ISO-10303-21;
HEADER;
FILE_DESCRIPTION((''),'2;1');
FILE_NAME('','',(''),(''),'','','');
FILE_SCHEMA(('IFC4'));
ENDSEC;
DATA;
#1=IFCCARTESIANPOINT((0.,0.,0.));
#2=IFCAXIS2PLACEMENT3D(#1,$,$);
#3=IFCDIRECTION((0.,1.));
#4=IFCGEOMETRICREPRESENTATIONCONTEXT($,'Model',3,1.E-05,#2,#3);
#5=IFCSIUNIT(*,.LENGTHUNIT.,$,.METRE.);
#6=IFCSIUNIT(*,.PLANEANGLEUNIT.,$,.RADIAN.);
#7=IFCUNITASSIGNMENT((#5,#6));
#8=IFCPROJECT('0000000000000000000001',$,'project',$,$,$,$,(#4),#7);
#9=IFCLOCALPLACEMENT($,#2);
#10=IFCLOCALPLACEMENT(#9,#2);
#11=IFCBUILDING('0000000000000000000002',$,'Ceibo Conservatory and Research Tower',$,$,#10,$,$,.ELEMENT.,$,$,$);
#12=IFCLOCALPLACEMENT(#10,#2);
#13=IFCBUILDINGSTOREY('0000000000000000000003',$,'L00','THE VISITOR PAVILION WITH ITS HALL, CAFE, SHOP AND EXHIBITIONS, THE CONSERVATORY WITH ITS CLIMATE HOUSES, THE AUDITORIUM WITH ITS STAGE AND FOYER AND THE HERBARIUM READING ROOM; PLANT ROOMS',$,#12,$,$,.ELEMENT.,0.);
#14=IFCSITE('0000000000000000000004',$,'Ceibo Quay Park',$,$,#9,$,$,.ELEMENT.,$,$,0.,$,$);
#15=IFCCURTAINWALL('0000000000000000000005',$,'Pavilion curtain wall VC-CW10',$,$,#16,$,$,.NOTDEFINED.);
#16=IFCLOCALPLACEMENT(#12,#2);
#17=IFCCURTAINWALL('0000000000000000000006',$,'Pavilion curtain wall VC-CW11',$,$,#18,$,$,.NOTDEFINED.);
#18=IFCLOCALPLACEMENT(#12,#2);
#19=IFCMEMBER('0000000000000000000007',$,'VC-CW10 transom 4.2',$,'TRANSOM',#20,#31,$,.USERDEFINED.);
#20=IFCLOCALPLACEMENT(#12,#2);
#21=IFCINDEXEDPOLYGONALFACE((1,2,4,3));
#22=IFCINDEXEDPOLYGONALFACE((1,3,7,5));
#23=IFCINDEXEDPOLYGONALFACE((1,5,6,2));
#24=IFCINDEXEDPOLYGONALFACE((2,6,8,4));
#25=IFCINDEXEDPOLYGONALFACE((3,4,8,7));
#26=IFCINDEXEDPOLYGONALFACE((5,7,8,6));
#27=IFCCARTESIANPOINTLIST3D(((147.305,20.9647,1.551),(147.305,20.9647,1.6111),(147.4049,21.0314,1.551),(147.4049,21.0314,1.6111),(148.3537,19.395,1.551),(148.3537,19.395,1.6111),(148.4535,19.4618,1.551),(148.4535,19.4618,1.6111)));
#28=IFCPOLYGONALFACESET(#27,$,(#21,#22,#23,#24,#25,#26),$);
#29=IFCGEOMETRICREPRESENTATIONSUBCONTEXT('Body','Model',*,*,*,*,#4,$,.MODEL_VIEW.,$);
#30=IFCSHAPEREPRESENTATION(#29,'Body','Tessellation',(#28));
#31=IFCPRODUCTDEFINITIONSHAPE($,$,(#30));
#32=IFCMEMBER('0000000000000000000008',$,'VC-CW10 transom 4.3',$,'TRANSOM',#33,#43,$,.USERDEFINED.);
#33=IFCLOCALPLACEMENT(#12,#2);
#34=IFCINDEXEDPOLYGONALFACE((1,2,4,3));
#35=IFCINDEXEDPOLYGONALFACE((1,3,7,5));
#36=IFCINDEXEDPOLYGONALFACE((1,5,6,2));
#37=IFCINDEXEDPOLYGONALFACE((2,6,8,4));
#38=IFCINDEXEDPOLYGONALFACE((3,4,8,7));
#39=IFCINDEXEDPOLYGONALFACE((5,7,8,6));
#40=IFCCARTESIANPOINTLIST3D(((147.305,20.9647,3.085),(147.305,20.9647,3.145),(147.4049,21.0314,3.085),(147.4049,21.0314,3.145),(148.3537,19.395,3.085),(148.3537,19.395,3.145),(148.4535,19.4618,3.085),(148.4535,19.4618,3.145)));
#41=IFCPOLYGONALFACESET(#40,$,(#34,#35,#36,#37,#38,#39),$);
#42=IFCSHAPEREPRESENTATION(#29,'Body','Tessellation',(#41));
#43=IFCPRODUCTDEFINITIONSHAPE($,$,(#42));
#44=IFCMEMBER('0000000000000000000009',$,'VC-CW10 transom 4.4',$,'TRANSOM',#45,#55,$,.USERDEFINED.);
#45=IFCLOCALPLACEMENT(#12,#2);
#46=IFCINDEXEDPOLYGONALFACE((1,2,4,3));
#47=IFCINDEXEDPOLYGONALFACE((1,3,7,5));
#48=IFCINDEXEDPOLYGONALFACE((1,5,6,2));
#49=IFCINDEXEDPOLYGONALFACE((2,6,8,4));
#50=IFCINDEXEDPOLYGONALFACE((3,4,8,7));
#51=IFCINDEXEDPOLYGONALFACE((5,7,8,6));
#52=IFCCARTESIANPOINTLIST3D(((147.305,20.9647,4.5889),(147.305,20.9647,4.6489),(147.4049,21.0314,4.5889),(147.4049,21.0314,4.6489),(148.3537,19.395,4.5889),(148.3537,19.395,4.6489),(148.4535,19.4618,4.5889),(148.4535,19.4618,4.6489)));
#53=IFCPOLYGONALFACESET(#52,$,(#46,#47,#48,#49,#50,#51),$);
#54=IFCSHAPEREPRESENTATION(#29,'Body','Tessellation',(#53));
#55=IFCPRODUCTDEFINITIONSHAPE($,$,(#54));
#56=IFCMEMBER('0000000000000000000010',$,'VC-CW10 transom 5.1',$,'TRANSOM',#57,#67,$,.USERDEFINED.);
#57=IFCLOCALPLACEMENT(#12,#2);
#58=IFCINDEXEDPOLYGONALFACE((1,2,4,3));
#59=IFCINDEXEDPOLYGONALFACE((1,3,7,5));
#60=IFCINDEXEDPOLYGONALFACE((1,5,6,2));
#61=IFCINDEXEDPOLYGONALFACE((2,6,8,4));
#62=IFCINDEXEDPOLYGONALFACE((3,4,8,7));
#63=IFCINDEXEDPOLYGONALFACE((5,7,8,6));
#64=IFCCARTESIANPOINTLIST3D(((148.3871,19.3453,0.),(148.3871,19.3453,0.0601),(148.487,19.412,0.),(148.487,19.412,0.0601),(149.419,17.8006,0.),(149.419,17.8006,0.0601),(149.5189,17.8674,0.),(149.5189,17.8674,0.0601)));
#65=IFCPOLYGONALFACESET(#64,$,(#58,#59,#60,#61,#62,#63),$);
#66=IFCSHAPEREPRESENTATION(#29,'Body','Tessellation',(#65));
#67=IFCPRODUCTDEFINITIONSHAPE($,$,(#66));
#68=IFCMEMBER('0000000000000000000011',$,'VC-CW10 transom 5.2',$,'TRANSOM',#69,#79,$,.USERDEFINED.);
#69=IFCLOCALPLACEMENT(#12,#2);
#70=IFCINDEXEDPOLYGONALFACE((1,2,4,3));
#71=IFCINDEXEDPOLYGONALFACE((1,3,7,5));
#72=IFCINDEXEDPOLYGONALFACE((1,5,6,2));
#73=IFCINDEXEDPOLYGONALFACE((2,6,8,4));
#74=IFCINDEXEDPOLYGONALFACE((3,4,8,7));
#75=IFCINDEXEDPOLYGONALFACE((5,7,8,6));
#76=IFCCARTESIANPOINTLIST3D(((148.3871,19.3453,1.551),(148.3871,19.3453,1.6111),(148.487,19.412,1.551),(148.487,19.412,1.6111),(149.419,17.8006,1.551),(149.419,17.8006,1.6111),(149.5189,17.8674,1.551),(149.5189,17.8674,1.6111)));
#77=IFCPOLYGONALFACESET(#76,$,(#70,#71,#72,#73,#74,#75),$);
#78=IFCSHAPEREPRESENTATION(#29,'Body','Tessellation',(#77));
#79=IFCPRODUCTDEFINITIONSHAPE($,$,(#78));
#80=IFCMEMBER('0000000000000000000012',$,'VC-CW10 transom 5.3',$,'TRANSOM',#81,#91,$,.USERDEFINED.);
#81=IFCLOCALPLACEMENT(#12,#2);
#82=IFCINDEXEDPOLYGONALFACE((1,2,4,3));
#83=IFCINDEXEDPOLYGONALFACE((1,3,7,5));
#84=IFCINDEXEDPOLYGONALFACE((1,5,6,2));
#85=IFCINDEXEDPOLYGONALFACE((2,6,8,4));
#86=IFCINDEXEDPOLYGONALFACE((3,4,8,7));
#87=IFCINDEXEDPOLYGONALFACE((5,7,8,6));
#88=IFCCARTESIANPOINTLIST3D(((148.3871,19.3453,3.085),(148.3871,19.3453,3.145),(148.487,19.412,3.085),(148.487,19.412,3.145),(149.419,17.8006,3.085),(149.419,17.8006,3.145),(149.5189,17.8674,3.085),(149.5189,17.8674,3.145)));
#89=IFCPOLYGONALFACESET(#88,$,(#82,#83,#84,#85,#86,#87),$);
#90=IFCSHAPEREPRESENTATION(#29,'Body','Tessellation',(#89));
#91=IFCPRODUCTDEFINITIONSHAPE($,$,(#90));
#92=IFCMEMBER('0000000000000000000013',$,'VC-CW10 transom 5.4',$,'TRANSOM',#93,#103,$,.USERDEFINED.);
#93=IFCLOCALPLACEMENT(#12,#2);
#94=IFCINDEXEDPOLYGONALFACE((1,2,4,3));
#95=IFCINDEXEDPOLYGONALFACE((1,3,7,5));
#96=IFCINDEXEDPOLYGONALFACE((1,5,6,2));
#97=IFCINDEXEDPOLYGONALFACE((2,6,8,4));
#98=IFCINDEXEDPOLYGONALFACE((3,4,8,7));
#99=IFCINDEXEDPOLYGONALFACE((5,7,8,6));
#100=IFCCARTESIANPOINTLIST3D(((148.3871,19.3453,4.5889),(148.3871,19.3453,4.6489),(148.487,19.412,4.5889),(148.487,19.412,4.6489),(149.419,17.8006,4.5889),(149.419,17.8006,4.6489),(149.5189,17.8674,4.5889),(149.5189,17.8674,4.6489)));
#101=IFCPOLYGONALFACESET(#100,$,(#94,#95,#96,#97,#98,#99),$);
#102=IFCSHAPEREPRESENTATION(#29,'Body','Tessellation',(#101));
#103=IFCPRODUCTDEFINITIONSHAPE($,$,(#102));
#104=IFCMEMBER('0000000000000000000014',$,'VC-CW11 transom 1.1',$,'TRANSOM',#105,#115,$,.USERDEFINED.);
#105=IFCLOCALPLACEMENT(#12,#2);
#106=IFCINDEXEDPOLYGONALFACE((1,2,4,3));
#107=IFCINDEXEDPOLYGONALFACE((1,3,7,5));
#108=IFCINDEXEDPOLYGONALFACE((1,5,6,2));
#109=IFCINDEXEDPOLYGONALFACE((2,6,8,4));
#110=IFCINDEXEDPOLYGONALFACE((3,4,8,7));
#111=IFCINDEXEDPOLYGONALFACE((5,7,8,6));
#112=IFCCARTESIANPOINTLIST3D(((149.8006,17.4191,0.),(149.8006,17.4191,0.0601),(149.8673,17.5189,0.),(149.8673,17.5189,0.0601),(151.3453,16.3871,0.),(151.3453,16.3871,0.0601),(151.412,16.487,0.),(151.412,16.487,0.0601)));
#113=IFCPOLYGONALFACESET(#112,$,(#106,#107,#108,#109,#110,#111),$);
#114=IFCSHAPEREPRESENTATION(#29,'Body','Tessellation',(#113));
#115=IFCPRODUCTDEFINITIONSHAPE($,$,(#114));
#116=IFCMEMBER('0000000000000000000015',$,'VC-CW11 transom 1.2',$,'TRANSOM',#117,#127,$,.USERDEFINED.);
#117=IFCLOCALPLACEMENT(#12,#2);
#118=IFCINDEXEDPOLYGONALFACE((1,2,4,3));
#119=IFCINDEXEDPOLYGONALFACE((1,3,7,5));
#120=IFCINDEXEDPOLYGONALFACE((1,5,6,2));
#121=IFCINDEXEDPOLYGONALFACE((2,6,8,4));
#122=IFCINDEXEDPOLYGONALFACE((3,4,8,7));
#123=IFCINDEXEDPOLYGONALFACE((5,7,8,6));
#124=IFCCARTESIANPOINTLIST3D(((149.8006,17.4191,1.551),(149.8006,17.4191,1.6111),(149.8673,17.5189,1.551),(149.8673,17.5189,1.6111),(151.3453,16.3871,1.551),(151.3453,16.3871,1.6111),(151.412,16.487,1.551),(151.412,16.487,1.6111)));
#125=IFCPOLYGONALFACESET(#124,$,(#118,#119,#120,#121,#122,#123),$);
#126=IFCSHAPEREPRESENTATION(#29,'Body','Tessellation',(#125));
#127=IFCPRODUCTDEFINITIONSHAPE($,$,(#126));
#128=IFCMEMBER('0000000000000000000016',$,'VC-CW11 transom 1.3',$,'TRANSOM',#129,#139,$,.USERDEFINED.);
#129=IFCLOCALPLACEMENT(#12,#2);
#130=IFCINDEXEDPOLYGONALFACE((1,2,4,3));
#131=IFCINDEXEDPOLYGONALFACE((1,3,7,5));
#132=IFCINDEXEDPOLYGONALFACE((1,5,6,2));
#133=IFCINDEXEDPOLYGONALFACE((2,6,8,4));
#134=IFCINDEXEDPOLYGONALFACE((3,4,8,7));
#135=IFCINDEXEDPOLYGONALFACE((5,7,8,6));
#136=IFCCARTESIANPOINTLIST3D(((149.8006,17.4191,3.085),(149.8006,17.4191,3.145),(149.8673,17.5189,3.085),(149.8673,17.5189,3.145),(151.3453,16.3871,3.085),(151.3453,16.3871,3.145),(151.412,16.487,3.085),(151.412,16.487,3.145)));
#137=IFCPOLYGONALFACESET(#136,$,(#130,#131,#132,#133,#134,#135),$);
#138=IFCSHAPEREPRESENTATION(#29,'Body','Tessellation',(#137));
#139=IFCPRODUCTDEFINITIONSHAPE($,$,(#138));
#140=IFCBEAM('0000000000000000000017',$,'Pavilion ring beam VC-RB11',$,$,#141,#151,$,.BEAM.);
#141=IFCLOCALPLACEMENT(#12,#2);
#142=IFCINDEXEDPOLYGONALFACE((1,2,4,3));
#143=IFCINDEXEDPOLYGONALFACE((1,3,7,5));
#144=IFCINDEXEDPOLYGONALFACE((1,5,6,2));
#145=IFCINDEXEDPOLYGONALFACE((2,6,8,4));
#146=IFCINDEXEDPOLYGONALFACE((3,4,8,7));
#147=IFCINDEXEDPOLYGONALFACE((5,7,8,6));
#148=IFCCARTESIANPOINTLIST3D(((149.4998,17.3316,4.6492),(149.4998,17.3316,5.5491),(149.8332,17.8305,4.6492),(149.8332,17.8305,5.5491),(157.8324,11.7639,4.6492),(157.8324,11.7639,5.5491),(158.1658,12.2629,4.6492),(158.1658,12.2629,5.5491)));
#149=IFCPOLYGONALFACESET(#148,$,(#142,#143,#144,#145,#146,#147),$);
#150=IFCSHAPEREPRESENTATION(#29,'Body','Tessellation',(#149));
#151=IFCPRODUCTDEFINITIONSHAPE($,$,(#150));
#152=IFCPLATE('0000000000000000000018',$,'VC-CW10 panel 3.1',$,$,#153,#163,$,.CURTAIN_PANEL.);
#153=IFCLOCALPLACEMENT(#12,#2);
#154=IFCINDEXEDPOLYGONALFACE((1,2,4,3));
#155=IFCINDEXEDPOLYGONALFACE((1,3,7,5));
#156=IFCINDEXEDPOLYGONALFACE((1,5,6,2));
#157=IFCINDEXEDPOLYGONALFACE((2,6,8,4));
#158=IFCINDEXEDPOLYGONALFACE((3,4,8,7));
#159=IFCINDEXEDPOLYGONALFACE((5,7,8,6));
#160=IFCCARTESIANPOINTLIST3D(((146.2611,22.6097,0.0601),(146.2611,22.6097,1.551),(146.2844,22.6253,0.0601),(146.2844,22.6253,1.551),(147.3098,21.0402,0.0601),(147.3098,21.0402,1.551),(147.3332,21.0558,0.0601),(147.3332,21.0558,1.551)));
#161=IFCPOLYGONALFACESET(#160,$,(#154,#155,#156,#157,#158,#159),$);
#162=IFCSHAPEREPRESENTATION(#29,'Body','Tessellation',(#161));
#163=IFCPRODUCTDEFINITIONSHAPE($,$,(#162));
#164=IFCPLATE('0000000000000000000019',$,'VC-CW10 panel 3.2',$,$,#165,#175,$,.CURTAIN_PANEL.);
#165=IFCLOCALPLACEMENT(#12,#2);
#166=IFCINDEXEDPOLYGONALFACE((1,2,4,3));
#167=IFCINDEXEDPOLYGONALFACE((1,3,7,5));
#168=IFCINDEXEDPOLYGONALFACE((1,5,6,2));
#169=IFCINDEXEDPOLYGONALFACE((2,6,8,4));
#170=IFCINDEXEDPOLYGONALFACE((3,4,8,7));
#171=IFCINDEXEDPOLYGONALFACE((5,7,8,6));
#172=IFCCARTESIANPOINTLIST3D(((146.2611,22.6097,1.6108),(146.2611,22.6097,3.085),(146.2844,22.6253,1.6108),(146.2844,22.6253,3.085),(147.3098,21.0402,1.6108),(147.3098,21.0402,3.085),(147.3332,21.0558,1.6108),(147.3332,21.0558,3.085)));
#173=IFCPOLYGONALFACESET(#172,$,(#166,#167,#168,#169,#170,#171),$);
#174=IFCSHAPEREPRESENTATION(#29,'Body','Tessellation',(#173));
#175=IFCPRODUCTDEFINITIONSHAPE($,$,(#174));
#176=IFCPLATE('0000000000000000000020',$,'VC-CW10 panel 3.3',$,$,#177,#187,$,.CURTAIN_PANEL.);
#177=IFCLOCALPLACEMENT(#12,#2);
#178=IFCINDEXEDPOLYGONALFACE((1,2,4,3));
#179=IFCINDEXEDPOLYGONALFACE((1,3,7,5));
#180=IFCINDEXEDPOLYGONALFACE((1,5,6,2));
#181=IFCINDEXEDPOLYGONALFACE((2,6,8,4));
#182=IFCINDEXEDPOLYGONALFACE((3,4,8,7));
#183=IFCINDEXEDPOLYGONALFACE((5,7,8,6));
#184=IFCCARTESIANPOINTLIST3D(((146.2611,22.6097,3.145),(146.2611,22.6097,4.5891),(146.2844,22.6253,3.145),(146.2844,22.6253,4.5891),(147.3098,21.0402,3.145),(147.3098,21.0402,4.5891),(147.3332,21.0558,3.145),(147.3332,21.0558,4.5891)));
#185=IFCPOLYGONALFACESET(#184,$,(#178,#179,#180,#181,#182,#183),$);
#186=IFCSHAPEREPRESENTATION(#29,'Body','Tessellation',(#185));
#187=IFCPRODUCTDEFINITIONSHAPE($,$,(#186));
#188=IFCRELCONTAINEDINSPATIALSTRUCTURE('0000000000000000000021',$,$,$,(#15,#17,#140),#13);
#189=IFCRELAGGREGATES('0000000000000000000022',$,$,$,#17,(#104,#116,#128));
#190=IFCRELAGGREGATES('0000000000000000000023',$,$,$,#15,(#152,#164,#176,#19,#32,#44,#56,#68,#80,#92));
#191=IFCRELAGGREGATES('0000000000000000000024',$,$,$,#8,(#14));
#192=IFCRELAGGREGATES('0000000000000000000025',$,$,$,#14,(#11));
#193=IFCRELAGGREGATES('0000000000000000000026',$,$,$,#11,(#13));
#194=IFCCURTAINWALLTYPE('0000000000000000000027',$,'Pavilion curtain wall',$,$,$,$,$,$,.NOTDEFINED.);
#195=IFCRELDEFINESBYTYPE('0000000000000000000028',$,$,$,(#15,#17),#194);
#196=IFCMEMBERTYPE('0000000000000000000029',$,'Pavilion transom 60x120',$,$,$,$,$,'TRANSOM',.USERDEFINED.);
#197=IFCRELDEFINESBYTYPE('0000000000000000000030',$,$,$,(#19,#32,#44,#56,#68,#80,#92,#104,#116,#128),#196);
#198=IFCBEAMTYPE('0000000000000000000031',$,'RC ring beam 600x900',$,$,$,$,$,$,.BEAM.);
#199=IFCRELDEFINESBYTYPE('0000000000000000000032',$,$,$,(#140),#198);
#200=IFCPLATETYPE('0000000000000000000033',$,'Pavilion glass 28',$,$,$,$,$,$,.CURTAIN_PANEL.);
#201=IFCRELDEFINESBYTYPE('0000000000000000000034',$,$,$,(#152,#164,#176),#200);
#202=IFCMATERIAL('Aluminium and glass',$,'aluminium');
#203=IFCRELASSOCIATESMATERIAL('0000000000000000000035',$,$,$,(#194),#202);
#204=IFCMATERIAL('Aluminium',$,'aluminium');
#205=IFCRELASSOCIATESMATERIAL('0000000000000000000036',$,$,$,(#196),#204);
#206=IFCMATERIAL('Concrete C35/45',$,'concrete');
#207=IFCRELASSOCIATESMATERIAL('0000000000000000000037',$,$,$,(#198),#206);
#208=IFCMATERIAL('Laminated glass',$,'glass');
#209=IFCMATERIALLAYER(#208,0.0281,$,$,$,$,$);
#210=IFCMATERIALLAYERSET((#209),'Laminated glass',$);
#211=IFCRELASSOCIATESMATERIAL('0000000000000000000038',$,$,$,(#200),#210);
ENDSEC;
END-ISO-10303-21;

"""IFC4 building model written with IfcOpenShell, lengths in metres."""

from ifc_helpers import new_model, si_unit, direction, frame, origin, origin_2d, place, context, subcontext, project, spatial, rectangle, extrude, material, layer, layer_set, material_profile, profile_set, type_object, element, aggregate, save


model = new_model("IFC4")

# Units and contexts
model_context = context("Model", 3, precision=1e-05, world=origin(), true_north=direction((0.0, 1.0)))
body_context = subcontext(model_context, "Body", "Model", "MODEL_VIEW")
ifc_project = project(units=[si_unit("LENGTHUNIT", "METRE"), si_unit("PLANEANGLEUNIT", "RADIAN")], contexts=[model_context])

# Site, building, storey
site_placement = place(None, origin())
site = spatial("IfcSite", under=ifc_project, at=site_placement, Name="Ceibo Quay Park", CompositionType="ELEMENT", RefElevation=0.0)
building_placement = place(site_placement, origin())
building = spatial("IfcBuilding", under=site, at=building_placement, Name="Ceibo Conservatory and Research Tower", CompositionType="ELEMENT")
storey_placement = place(building_placement, origin())
storey = spatial("IfcBuildingStorey", under=building, at=storey_placement, Name="L00", Description="THE VISITOR PAVILION WITH ITS HALL, CAFE, SHOP AND EXHIBITIONS, THE CONSERVATORY WITH ITS CLIMATE HOUSES, THE AUDITORIUM WITH ITS STAGE AND FOYER AND THE HERBARIUM READING ROOM; PLANT ROOMS", CompositionType="ELEMENT", Elevation=0.0)

# Shared definitions
ifc_material_1 = material(Name="Concrete C35/45", Category="concrete")

# Curtain wall
ifc_material_2 = material(Name="Aluminium and glass", Category="aluminium")
curtain_wall_type = type_object("IfcCurtainWallType", Name="Pavilion curtain wall", PredefinedType="NOTDEFINED", material=ifc_material_2)
curtain_wall_1_placement = place(storey_placement, origin())
curtain_wall_1 = element("IfcCurtainWall", 1, at=curtain_wall_1_placement, inside=storey, type_object=curtain_wall_type, Name="Pavilion curtain wall VC-CW10", PredefinedType="NOTDEFINED")
ifc_material_3 = material(Name="Aluminium", Category="aluminium")

# Curtain wall
curtain_wall_2_placement = place(storey_placement, origin())
curtain_wall_2 = element("IfcCurtainWall", 2, at=curtain_wall_2_placement, inside=storey, type_object=curtain_wall_type, Name="Pavilion curtain wall VC-CW11", PredefinedType="NOTDEFINED")

# Members
ifc_material_profile_1 = material_profile(ifc_material_3, rectangle(XDim=0.1201, YDim=0.0601, at=origin_2d()), Name="AL 60x120")
ifc_profile_set_1 = profile_set([ifc_material_profile_1], Name="Aluminium")
member_type_1 = type_object("IfcMemberType", Name="Pavilion transom 60x120", ElementType="TRANSOM", PredefinedType="USERDEFINED", material=ifc_profile_set_1)
member_1_placement = place(storey_placement, frame((147.355, 20.998, 1.5811), z_axis=(0.555506, -0.831513, 0.0), x_axis=(0.831513, 0.555506, 0.0)))
member_1 = element("IfcMember", 3, at=member_1_placement, type_object=member_type_1, Name="VC-CW10 transom 4.2", ObjectType="TRANSOM", PredefinedType="USERDEFINED", context=body_context, shape_type="SweptSolid", body=[
    extrude(rectangle(XDim=0.1201, YDim=0.0601, at=origin_2d()), origin(), (0.0, 0.0, 1.0), 1.8877),
])
member_2_placement = place(storey_placement, frame((147.355, 20.998, 3.115), z_axis=(0.555506, -0.831513, 0.0), x_axis=(0.831513, 0.555506, 0.0)))
member_2 = element("IfcMember", 4, at=member_2_placement, type_object=member_type_1, Name="VC-CW10 transom 4.3", ObjectType="TRANSOM", PredefinedType="USERDEFINED", context=body_context, shape_type="SweptSolid", body=[
    extrude(rectangle(XDim=0.1201, YDim=0.0601, at=origin_2d()), origin(), (0.0, 0.0, 1.0), 1.8877),
])
member_3_placement = place(storey_placement, frame((147.355, 20.998, 4.6189), z_axis=(0.555506, -0.831513, 0.0), x_axis=(0.831513, 0.555506, 0.0)))
member_3 = element("IfcMember", 5, at=member_3_placement, type_object=member_type_1, Name="VC-CW10 transom 4.4", ObjectType="TRANSOM", PredefinedType="USERDEFINED", context=body_context, shape_type="SweptSolid", body=[
    extrude(rectangle(XDim=0.1201, YDim=0.0601, at=origin_2d()), origin(), (0.0, 0.0, 1.0), 1.8877),
])
member_4_placement = place(storey_placement, frame((148.437, 19.3787, 0.03), z_axis=(0.555519, -0.831504, 0.0), x_axis=(0.831504, 0.555519, 0.0)))
member_4 = element("IfcMember", 6, at=member_4_placement, type_object=member_type_1, Name="VC-CW10 transom 5.1", ObjectType="TRANSOM", PredefinedType="USERDEFINED", context=body_context, shape_type="SweptSolid", body=[
    extrude(rectangle(XDim=0.1201, YDim=0.0601, at=origin_2d()), origin(), (0.0, 0.0, 1.0), 1.8577),
])
member_5_placement = place(storey_placement, frame((148.437, 19.3787, 1.5811), z_axis=(0.555519, -0.831504, 0.0), x_axis=(0.831504, 0.555519, 0.0)))
member_5 = element("IfcMember", 7, at=member_5_placement, type_object=member_type_1, Name="VC-CW10 transom 5.2", ObjectType="TRANSOM", PredefinedType="USERDEFINED", context=body_context, shape_type="SweptSolid", body=[
    extrude(rectangle(XDim=0.1201, YDim=0.0601, at=origin_2d()), origin(), (0.0, 0.0, 1.0), 1.8577),
])
member_6_placement = place(storey_placement, frame((148.437, 19.3787, 3.115), z_axis=(0.555519, -0.831504, 0.0), x_axis=(0.831504, 0.555519, 0.0)))
member_6 = element("IfcMember", 8, at=member_6_placement, type_object=member_type_1, Name="VC-CW10 transom 5.3", ObjectType="TRANSOM", PredefinedType="USERDEFINED", context=body_context, shape_type="SweptSolid", body=[
    extrude(rectangle(XDim=0.1201, YDim=0.0601, at=origin_2d()), origin(), (0.0, 0.0, 1.0), 1.8577),
])
member_7_placement = place(storey_placement, frame((148.437, 19.3787, 4.6189), z_axis=(0.555519, -0.831504, 0.0), x_axis=(0.831504, 0.555519, 0.0)))
member_7 = element("IfcMember", 9, at=member_7_placement, type_object=member_type_1, Name="VC-CW10 transom 5.4", ObjectType="TRANSOM", PredefinedType="USERDEFINED", context=body_context, shape_type="SweptSolid", body=[
    extrude(rectangle(XDim=0.1201, YDim=0.0601, at=origin_2d()), origin(), (0.0, 0.0, 1.0), 1.8577),
])
member_8_placement = place(storey_placement, frame((149.834, 17.469, 0.03), z_axis=(0.831504, -0.555519, 0.0), x_axis=(0.555519, 0.831504, 0.0)))
member_8 = element("IfcMember", 10, at=member_8_placement, type_object=member_type_1, Name="VC-CW11 transom 1.1", ObjectType="TRANSOM", PredefinedType="USERDEFINED", context=body_context, shape_type="SweptSolid", body=[
    extrude(rectangle(XDim=0.1201, YDim=0.0601, at=origin_2d()), origin(), (0.0, 0.0, 1.0), 1.8577),
])
member_9_placement = place(storey_placement, frame((149.834, 17.469, 1.5811), z_axis=(0.831504, -0.555519, 0.0), x_axis=(0.555519, 0.831504, 0.0)))
member_9 = element("IfcMember", 11, at=member_9_placement, type_object=member_type_1, Name="VC-CW11 transom 1.2", ObjectType="TRANSOM", PredefinedType="USERDEFINED", context=body_context, shape_type="SweptSolid", body=[
    extrude(rectangle(XDim=0.1201, YDim=0.0601, at=origin_2d()), origin(), (0.0, 0.0, 1.0), 1.8577),
])
member_10_placement = place(storey_placement, frame((149.834, 17.469, 3.115), z_axis=(0.831504, -0.555519, 0.0), x_axis=(0.555519, 0.831504, 0.0)))
member_10 = element("IfcMember", 12, at=member_10_placement, type_object=member_type_1, Name="VC-CW11 transom 1.3", ObjectType="TRANSOM", PredefinedType="USERDEFINED", context=body_context, shape_type="SweptSolid", body=[
    extrude(rectangle(XDim=0.1201, YDim=0.0601, at=origin_2d()), origin(), (0.0, 0.0, 1.0), 1.8577),
])
aggregate(curtain_wall_2, [member_8, member_9, member_10])

# Beam
ifc_material_profile_2 = material_profile(ifc_material_1, rectangle(XDim=0.6001, YDim=0.8999, at=origin_2d()), Name="RC 600x900")
ifc_profile_set_2 = profile_set([ifc_material_profile_2], Name="Concrete C35/45")
beam_type = type_object("IfcBeamType", Name="RC ring beam 600x900", PredefinedType="BEAM", material=ifc_profile_set_2)
beam_placement = place(storey_placement, frame((149.6665, 17.5811, 5.0991), z_axis=(0.831469, -0.555571, 0.0), x_axis=(0.555571, 0.831469, 0.0)))
element("IfcBeam", 13, at=beam_placement, inside=storey, type_object=beam_type, Name="Pavilion ring beam VC-RB11", PredefinedType="BEAM", context=body_context, shape_type="SweptSolid", body=[
    extrude(rectangle(XDim=0.6001, YDim=0.8999, at=origin_2d()), origin(), (0.0, 0.0, 1.0), 10.0215),
])

# Plates
ifc_material_4 = material(Name="Laminated glass", Category="glass")
ifc_layer_1 = layer(ifc_material_4, 0.0281)
ifc_layer_set_1 = layer_set([ifc_layer_1], Name="Laminated glass")
plate_type = type_object("IfcPlateType", Name="Pavilion glass 28", PredefinedType="CURTAIN_PANEL", material=ifc_layer_set_1)
plate_1_placement = place(storey_placement, frame((146.7971, 21.8328, 0.0601), z_axis=(0.0, 0.0, 1.0), x_axis=(0.55557, -0.83147, 0.0)))
plate_1 = element("IfcPlate", 14, at=plate_1_placement, type_object=plate_type, Name="VC-CW10 panel 3.1", PredefinedType="CURTAIN_PANEL", context=body_context, shape_type="SweptSolid", body=[
    extrude(rectangle(XDim=1.8877, YDim=0.0281, at=origin_2d()), origin(), (0.0, 0.0, 1.0), 1.491),
])
plate_2_placement = place(storey_placement, frame((146.7971, 21.8328, 1.6108), z_axis=(0.0, 0.0, 1.0), x_axis=(0.55557, -0.83147, 0.0)))
plate_2 = element("IfcPlate", 15, at=plate_2_placement, type_object=plate_type, Name="VC-CW10 panel 3.2", PredefinedType="CURTAIN_PANEL", context=body_context, shape_type="SweptSolid", body=[
    extrude(rectangle(XDim=1.8877, YDim=0.0281, at=origin_2d()), origin(), (0.0, 0.0, 1.0), 1.4741),
])
plate_3_placement = place(storey_placement, frame((146.7971, 21.8328, 3.145), z_axis=(0.0, 0.0, 1.0), x_axis=(0.55557, -0.83147, 0.0)))
plate_3 = element("IfcPlate", 16, at=plate_3_placement, type_object=plate_type, Name="VC-CW10 panel 3.3", PredefinedType="CURTAIN_PANEL", context=body_context, shape_type="SweptSolid", body=[
    extrude(rectangle(XDim=1.8877, YDim=0.0281, at=origin_2d()), origin(), (0.0, 0.0, 1.0), 1.4441),
])
aggregate(curtain_wall_1, [plate_1, plate_2, plate_3, member_1, member_2, member_3, member_4, member_5, member_6, member_7])

save(model, "model.ifc")
